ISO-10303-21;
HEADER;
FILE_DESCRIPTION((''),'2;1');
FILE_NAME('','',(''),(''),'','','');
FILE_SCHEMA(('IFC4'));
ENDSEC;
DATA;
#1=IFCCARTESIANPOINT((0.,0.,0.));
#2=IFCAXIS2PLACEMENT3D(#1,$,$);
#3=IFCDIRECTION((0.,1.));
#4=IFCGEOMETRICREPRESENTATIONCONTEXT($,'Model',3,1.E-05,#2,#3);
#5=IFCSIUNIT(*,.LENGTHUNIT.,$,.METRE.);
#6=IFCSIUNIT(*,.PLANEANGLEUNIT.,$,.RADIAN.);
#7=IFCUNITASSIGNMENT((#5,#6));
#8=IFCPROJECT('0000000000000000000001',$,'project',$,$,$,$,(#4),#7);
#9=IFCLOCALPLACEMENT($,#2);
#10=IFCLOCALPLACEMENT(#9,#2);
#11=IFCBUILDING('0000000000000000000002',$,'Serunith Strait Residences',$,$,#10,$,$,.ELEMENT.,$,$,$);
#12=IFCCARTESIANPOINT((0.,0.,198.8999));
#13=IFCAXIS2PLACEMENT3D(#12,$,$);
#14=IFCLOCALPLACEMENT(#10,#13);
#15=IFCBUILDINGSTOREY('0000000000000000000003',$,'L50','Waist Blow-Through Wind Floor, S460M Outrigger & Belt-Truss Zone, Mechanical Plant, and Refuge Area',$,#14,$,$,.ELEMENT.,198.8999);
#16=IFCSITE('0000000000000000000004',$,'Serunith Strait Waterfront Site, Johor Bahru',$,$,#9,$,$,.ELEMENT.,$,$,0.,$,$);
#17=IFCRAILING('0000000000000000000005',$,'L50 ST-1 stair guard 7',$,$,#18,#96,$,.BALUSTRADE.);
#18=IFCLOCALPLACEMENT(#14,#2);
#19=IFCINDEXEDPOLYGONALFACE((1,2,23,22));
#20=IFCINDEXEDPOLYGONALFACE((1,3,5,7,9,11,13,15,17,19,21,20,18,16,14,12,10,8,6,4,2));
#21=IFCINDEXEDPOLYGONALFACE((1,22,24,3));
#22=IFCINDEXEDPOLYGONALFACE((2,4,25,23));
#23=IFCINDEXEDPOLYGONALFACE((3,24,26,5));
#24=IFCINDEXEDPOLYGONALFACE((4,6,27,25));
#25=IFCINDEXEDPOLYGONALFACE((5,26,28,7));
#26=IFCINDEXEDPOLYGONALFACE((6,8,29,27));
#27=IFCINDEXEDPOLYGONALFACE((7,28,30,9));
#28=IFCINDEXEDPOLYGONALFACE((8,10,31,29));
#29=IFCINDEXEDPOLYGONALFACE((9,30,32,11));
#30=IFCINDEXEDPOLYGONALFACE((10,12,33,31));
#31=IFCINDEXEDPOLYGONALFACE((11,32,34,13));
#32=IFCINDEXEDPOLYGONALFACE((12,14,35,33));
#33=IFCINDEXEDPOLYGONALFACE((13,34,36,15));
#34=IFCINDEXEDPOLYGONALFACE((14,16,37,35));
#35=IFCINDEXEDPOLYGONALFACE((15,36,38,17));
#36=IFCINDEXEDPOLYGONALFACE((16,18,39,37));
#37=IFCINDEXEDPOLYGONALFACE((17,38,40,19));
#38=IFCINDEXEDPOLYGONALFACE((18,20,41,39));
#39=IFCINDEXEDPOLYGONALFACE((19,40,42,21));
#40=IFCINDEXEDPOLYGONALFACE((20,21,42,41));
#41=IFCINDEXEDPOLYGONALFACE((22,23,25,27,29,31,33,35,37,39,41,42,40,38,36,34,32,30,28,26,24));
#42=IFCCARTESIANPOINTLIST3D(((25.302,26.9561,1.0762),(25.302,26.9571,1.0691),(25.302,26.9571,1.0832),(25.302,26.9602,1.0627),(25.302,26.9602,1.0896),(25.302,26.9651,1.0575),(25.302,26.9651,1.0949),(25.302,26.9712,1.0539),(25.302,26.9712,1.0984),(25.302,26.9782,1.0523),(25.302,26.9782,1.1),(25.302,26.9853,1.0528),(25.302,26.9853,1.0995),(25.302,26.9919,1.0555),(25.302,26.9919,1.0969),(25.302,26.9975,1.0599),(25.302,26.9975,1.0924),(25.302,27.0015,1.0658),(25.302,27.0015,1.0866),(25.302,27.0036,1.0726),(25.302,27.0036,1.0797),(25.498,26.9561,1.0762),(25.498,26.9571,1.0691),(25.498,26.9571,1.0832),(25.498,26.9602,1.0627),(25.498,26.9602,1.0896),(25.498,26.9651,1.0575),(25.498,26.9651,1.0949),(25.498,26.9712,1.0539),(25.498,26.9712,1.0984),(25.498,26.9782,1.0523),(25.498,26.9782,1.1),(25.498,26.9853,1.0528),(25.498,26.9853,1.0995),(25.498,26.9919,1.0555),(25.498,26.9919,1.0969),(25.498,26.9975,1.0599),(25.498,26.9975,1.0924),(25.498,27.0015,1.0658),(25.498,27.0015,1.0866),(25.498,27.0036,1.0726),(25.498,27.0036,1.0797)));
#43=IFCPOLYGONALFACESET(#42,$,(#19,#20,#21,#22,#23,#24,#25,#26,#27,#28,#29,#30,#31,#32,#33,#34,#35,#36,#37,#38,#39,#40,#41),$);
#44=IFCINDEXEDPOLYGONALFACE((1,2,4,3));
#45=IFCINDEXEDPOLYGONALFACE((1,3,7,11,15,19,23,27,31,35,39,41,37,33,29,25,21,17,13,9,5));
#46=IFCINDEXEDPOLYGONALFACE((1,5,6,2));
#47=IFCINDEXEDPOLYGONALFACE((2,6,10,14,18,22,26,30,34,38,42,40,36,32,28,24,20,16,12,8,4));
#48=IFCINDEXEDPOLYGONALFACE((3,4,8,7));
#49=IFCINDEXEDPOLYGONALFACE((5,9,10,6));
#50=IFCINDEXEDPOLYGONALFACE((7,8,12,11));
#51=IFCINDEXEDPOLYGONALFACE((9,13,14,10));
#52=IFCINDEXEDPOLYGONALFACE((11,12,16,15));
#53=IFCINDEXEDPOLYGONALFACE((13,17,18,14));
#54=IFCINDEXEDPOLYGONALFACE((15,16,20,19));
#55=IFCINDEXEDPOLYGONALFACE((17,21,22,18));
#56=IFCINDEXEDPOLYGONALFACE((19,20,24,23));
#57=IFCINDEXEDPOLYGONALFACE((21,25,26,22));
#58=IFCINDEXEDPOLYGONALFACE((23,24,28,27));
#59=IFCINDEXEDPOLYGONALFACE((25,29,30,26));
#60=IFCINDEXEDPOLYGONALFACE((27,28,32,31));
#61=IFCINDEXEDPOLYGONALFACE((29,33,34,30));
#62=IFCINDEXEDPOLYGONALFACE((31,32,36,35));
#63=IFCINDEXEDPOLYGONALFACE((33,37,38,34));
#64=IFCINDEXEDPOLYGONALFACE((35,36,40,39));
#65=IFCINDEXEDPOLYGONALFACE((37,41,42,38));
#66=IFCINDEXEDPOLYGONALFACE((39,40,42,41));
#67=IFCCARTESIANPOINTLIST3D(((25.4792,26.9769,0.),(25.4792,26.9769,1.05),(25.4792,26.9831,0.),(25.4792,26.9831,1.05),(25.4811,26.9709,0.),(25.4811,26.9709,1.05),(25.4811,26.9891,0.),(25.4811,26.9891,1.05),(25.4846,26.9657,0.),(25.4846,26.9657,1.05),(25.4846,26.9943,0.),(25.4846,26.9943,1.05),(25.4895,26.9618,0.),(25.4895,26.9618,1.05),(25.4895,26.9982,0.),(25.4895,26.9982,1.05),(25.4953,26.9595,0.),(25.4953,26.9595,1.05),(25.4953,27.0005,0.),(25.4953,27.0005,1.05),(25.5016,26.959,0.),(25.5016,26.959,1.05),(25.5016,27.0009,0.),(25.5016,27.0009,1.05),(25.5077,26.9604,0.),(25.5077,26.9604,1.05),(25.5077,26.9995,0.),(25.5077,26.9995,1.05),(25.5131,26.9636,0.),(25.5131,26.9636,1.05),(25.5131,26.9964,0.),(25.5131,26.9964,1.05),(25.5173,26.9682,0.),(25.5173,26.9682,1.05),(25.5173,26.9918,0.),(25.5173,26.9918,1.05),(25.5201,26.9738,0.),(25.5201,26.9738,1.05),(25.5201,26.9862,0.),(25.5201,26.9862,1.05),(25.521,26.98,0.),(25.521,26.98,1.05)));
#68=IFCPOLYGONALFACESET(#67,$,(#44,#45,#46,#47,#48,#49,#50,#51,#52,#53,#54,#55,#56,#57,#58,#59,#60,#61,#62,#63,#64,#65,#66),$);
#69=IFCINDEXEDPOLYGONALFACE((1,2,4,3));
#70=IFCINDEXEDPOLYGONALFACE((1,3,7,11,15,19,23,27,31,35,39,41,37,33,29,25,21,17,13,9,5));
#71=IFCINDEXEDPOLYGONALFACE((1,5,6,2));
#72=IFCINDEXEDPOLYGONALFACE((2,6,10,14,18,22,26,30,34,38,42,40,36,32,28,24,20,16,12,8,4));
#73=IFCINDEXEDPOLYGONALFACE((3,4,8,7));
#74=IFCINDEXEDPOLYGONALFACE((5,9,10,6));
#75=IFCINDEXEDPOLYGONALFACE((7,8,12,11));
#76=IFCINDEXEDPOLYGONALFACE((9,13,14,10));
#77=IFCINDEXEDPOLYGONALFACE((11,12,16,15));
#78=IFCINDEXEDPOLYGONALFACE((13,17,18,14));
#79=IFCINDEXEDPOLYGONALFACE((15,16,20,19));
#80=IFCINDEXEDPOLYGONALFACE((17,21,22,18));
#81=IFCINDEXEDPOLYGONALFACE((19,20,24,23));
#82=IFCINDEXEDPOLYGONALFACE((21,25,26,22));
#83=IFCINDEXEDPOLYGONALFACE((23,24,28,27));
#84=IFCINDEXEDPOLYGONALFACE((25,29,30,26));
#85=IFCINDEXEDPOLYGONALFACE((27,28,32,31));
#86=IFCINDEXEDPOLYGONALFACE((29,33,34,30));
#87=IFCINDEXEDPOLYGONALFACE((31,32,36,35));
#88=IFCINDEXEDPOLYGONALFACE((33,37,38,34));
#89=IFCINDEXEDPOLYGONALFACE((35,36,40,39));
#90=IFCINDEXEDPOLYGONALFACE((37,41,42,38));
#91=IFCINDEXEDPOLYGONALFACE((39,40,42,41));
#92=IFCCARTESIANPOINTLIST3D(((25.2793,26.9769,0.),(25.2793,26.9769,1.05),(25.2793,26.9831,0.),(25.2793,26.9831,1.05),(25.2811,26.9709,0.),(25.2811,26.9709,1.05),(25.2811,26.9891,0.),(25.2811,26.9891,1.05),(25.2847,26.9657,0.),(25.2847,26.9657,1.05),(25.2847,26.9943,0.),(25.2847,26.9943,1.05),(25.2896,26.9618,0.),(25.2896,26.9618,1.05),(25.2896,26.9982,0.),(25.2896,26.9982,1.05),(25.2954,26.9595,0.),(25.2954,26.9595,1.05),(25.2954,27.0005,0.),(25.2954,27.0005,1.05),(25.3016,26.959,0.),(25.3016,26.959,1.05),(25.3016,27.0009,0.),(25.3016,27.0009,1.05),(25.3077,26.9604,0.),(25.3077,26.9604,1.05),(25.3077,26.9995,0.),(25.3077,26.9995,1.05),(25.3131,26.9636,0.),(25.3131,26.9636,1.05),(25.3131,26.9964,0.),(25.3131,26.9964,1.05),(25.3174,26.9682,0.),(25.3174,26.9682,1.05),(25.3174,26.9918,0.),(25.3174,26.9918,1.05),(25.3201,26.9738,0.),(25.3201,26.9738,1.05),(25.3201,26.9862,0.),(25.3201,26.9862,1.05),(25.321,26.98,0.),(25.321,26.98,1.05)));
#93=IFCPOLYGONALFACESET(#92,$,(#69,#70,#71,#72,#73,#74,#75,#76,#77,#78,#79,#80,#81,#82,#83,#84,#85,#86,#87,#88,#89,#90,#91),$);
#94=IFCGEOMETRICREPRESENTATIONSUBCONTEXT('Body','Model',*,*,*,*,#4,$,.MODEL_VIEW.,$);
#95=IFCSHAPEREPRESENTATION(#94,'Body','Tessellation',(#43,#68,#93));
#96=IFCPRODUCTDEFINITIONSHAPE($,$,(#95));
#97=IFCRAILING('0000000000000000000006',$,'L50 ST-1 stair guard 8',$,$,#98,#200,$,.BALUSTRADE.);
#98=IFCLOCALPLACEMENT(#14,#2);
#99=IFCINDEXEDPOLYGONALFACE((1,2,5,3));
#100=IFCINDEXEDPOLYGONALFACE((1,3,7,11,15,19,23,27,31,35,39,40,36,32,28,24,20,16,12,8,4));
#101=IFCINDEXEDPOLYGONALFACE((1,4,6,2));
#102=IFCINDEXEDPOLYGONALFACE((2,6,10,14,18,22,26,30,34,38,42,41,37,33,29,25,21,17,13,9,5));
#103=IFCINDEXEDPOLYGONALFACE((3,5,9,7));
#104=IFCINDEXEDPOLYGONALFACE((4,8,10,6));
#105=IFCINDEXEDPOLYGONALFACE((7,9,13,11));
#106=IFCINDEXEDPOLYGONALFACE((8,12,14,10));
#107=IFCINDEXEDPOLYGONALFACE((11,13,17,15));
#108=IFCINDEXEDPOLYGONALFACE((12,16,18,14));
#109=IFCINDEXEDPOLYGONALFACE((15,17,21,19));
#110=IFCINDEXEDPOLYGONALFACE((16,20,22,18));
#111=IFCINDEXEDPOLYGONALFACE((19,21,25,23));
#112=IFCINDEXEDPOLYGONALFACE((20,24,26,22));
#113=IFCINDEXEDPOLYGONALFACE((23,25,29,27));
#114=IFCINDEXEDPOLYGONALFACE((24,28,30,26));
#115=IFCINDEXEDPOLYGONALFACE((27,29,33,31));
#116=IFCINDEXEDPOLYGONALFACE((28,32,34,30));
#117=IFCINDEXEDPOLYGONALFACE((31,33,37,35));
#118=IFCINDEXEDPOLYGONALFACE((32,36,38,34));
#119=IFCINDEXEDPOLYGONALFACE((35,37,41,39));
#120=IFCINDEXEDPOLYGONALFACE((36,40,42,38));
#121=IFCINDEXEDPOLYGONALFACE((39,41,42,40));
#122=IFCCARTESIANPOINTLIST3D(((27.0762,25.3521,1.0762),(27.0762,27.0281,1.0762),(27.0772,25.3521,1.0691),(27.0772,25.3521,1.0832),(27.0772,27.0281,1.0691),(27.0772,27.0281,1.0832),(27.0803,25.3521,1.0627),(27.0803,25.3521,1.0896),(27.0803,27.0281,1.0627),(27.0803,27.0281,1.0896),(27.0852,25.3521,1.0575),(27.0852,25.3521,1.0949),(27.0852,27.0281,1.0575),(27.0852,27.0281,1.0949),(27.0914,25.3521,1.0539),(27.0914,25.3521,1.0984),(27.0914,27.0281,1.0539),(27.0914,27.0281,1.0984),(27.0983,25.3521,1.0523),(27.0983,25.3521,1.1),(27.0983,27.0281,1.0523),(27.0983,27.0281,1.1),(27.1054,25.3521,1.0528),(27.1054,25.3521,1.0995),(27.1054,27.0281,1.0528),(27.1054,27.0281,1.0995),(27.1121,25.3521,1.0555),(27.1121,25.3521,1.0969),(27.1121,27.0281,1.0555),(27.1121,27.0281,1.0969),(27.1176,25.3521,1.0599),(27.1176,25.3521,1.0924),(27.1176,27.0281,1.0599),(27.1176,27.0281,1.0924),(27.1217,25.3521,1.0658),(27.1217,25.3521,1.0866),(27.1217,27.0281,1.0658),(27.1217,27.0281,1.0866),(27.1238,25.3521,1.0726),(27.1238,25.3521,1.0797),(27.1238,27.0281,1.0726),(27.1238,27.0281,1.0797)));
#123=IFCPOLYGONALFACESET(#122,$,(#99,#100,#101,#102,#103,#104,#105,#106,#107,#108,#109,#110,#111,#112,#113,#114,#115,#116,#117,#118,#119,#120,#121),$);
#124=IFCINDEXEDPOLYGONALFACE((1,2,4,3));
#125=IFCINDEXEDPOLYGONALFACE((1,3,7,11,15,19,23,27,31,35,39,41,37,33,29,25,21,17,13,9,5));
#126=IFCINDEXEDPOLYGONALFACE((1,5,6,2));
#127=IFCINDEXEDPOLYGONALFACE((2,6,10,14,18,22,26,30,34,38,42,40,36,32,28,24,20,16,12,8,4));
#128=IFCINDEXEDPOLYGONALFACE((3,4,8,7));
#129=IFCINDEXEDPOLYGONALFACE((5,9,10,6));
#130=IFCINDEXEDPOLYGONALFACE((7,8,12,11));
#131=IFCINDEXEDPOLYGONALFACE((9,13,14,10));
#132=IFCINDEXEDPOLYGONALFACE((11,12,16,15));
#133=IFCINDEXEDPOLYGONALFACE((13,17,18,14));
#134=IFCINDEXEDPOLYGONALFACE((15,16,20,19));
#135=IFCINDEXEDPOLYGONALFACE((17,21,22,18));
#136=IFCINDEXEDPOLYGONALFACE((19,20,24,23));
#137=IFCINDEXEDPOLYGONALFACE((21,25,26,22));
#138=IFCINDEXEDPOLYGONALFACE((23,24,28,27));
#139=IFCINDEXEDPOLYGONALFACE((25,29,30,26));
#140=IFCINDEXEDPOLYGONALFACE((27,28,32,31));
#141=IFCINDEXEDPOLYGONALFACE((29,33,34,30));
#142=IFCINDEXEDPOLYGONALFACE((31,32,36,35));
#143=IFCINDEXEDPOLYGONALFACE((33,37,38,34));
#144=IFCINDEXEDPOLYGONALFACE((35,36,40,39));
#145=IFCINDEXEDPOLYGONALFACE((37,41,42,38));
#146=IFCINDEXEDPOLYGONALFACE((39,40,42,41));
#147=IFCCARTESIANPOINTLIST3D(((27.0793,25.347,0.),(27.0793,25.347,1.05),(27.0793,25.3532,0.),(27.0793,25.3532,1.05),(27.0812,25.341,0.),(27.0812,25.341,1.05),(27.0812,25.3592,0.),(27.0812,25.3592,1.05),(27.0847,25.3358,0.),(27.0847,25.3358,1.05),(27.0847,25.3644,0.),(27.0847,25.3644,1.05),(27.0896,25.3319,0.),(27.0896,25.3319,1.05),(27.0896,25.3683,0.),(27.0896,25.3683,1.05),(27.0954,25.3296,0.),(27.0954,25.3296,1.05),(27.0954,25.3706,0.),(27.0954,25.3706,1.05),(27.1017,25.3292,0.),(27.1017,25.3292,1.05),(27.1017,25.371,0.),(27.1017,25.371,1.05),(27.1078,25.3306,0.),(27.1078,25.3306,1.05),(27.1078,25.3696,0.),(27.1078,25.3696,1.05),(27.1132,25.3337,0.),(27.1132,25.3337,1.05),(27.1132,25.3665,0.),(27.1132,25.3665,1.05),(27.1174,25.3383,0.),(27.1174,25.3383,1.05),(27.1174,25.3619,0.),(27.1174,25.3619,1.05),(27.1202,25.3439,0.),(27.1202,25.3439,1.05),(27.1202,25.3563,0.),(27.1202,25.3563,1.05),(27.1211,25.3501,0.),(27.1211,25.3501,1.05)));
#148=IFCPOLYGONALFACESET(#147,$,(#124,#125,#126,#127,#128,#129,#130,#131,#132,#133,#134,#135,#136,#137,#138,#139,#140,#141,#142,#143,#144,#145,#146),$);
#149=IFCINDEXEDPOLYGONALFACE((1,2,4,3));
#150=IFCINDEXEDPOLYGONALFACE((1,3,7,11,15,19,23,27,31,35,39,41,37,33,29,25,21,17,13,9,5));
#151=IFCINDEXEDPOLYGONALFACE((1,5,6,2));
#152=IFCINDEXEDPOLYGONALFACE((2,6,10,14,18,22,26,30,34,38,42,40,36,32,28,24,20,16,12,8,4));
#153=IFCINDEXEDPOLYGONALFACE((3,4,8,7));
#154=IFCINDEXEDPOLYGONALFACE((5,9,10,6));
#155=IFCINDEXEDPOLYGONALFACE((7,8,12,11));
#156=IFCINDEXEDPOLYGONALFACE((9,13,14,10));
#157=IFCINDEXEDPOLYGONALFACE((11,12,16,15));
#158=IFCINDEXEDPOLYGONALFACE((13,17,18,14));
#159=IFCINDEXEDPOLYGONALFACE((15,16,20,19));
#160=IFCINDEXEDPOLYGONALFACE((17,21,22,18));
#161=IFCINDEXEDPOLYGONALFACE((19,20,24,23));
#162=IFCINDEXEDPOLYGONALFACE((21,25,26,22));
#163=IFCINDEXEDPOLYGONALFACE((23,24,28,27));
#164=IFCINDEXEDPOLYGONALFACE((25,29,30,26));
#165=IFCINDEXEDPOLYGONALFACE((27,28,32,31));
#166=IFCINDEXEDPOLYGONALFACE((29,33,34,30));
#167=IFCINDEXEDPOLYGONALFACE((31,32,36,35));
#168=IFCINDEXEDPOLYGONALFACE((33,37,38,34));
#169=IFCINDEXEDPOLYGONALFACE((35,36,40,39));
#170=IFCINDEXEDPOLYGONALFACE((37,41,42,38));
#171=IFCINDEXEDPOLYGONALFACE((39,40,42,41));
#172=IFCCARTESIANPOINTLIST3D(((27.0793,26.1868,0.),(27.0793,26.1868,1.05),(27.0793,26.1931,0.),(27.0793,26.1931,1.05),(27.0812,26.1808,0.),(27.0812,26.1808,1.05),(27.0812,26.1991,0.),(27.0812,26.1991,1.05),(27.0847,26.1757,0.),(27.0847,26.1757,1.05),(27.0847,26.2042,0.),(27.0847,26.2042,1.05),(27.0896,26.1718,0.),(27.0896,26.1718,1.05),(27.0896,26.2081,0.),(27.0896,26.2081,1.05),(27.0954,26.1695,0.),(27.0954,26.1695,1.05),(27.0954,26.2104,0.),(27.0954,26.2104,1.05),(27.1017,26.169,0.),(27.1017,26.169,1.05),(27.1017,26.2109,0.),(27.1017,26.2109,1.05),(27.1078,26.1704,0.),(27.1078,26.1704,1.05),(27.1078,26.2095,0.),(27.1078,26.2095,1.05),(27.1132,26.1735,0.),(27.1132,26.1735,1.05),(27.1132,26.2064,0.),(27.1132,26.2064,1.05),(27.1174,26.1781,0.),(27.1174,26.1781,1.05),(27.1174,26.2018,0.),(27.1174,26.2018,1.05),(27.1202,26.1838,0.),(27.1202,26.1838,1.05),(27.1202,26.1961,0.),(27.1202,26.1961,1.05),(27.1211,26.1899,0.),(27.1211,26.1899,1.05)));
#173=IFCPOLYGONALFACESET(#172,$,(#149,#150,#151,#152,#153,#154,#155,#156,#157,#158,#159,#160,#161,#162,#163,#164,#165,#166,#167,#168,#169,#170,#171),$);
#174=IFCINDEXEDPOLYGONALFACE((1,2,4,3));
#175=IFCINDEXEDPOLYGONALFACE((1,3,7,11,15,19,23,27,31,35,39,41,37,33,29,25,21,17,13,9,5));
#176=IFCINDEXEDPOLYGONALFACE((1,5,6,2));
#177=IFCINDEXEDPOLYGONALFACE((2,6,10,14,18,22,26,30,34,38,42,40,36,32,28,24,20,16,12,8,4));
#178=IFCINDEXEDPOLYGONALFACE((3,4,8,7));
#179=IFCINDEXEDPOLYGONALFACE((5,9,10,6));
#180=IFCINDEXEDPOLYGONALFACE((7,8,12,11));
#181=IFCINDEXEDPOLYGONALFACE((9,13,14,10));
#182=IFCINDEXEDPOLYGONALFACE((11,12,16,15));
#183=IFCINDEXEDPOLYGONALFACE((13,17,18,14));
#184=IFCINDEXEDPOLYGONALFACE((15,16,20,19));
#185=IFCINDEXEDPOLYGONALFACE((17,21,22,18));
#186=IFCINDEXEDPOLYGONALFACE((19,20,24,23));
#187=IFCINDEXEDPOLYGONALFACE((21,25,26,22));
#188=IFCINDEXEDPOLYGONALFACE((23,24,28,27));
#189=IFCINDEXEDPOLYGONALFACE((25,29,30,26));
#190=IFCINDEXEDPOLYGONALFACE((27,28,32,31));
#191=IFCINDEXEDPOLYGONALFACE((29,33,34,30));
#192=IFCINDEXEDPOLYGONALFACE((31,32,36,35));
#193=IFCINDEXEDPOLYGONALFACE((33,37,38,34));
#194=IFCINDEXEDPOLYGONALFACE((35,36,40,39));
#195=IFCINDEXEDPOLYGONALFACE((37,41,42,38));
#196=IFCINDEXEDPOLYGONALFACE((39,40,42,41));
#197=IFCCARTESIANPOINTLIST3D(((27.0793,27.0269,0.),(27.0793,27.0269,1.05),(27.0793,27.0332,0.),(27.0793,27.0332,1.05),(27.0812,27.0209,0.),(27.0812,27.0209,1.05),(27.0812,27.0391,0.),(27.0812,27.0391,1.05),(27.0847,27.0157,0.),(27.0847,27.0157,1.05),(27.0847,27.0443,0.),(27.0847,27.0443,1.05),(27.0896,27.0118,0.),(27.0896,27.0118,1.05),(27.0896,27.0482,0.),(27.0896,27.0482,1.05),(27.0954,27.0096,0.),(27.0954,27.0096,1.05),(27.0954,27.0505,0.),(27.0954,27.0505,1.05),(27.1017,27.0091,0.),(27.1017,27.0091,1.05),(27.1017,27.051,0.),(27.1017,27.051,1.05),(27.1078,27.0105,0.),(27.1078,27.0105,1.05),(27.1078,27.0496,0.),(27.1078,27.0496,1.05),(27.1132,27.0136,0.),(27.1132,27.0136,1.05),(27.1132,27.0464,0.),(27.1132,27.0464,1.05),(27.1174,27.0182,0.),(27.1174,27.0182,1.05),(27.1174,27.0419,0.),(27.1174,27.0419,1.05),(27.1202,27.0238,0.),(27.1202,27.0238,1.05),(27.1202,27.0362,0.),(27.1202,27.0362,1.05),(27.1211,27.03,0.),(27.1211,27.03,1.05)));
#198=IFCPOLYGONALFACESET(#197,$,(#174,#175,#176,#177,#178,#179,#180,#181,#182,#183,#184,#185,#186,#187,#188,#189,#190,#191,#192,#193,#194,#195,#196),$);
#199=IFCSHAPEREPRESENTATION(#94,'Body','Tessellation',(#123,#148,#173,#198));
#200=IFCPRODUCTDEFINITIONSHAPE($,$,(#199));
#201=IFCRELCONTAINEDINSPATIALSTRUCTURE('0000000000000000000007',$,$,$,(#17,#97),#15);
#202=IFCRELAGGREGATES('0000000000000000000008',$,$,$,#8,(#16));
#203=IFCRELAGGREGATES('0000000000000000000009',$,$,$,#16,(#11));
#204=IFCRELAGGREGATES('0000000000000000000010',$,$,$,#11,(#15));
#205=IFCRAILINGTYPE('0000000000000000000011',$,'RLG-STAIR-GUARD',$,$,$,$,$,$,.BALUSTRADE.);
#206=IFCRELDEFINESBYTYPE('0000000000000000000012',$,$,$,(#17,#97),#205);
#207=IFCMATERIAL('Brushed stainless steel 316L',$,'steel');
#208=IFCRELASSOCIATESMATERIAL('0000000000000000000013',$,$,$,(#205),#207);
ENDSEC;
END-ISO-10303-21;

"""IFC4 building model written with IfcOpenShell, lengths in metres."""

from ifc_helpers import new_model, si_unit, direction, frame, origin, origin_2d, place, context, subcontext, project, spatial, circle, extrude, material, type_object, element, save


model = new_model("IFC4")

# Units and contexts
model_context = context("Model", 3, precision=1e-05, world=origin(), true_north=direction((0.0, 1.0)))
body_context = subcontext(model_context, "Body", "Model", "MODEL_VIEW")
ifc_project = project(units=[si_unit("LENGTHUNIT", "METRE"), si_unit("PLANEANGLEUNIT", "RADIAN")], contexts=[model_context])

# Site, building, storey
site_placement = place(None, origin())
site = spatial("IfcSite", under=ifc_project, at=site_placement, Name="Serunith Strait Waterfront Site, Johor Bahru", CompositionType="ELEMENT", RefElevation=0.0)
building_placement = place(site_placement, origin())
building = spatial("IfcBuilding", under=site, at=building_placement, Name="Serunith Strait Residences", CompositionType="ELEMENT")
storey_placement = place(building_placement, frame((0.0, 0.0, 198.8999)))
storey = spatial("IfcBuildingStorey", under=building, at=storey_placement, Name="L50", Description="Waist Blow-Through Wind Floor, S460M Outrigger & Belt-Truss Zone, Mechanical Plant, and Refuge Area", CompositionType="ELEMENT", Elevation=198.8999)

# Railings
ifc_material_1 = material(Name="Brushed stainless steel 316L", Category="steel")
railing_type_1 = type_object("IfcRailingType", Name="RLG-STAIR-GUARD", PredefinedType="BALUSTRADE", material=ifc_material_1)
railing_1_placement = place(storey_placement, frame((25.5, 26.98, 0.0)))
element("IfcRailing", 1, at=railing_1_placement, inside=storey, type_object=railing_type_1, Name="L50 ST-1 stair guard 7", PredefinedType="BALUSTRADE", context=body_context, shape_type="SweptSolid", body=[
    extrude(circle(Radius=0.0239, at=origin_2d()), frame((-0.002, 0.0, 1.0762), z_axis=(-1.0, 0.0, 0.0), x_axis=(0.0, -1.0, 0.0)), (0.0, 0.0, 1.0), 0.196),
    extrude(circle(Radius=0.021, at=origin_2d()), origin(), (0.0, 0.0, 1.0), 1.05),
    extrude(circle(Radius=0.021, at=origin_2d()), frame((-0.2, 0.0, 0.0)), (0.0, 0.0, 1.0), 1.05),
])
for number, where, name in (
    (2, (27.1001, 25.3501, 0.0), "L50 ST-1 stair guard 8"),
):
    element("IfcRailing", number, at=place(storey_placement, frame(where)), inside=storey, type_object=railing_type_1, Name=name, PredefinedType="BALUSTRADE", context=body_context, shape_type="SweptSolid", body=[
        extrude(circle(Radius=0.0239, at=origin_2d()), frame((0.0, 0.002, 1.0762), z_axis=(0.0, 1.0, 0.0), x_axis=(-1.0, 0.0, 0.0)), (0.0, 0.0, 1.0), 1.676),
        extrude(circle(Radius=0.021, at=origin_2d()), origin(), (0.0, 0.0, 1.0), 1.05),
        extrude(circle(Radius=0.021, at=origin_2d()), frame((0.0, 0.8398, 0.0)), (0.0, 0.0, 1.0), 1.05),
        extrude(circle(Radius=0.021, at=origin_2d()), frame((0.0, 1.6799, 0.0)), (0.0, 0.0, 1.0), 1.05),
    ])

save(model, "model.ifc")
